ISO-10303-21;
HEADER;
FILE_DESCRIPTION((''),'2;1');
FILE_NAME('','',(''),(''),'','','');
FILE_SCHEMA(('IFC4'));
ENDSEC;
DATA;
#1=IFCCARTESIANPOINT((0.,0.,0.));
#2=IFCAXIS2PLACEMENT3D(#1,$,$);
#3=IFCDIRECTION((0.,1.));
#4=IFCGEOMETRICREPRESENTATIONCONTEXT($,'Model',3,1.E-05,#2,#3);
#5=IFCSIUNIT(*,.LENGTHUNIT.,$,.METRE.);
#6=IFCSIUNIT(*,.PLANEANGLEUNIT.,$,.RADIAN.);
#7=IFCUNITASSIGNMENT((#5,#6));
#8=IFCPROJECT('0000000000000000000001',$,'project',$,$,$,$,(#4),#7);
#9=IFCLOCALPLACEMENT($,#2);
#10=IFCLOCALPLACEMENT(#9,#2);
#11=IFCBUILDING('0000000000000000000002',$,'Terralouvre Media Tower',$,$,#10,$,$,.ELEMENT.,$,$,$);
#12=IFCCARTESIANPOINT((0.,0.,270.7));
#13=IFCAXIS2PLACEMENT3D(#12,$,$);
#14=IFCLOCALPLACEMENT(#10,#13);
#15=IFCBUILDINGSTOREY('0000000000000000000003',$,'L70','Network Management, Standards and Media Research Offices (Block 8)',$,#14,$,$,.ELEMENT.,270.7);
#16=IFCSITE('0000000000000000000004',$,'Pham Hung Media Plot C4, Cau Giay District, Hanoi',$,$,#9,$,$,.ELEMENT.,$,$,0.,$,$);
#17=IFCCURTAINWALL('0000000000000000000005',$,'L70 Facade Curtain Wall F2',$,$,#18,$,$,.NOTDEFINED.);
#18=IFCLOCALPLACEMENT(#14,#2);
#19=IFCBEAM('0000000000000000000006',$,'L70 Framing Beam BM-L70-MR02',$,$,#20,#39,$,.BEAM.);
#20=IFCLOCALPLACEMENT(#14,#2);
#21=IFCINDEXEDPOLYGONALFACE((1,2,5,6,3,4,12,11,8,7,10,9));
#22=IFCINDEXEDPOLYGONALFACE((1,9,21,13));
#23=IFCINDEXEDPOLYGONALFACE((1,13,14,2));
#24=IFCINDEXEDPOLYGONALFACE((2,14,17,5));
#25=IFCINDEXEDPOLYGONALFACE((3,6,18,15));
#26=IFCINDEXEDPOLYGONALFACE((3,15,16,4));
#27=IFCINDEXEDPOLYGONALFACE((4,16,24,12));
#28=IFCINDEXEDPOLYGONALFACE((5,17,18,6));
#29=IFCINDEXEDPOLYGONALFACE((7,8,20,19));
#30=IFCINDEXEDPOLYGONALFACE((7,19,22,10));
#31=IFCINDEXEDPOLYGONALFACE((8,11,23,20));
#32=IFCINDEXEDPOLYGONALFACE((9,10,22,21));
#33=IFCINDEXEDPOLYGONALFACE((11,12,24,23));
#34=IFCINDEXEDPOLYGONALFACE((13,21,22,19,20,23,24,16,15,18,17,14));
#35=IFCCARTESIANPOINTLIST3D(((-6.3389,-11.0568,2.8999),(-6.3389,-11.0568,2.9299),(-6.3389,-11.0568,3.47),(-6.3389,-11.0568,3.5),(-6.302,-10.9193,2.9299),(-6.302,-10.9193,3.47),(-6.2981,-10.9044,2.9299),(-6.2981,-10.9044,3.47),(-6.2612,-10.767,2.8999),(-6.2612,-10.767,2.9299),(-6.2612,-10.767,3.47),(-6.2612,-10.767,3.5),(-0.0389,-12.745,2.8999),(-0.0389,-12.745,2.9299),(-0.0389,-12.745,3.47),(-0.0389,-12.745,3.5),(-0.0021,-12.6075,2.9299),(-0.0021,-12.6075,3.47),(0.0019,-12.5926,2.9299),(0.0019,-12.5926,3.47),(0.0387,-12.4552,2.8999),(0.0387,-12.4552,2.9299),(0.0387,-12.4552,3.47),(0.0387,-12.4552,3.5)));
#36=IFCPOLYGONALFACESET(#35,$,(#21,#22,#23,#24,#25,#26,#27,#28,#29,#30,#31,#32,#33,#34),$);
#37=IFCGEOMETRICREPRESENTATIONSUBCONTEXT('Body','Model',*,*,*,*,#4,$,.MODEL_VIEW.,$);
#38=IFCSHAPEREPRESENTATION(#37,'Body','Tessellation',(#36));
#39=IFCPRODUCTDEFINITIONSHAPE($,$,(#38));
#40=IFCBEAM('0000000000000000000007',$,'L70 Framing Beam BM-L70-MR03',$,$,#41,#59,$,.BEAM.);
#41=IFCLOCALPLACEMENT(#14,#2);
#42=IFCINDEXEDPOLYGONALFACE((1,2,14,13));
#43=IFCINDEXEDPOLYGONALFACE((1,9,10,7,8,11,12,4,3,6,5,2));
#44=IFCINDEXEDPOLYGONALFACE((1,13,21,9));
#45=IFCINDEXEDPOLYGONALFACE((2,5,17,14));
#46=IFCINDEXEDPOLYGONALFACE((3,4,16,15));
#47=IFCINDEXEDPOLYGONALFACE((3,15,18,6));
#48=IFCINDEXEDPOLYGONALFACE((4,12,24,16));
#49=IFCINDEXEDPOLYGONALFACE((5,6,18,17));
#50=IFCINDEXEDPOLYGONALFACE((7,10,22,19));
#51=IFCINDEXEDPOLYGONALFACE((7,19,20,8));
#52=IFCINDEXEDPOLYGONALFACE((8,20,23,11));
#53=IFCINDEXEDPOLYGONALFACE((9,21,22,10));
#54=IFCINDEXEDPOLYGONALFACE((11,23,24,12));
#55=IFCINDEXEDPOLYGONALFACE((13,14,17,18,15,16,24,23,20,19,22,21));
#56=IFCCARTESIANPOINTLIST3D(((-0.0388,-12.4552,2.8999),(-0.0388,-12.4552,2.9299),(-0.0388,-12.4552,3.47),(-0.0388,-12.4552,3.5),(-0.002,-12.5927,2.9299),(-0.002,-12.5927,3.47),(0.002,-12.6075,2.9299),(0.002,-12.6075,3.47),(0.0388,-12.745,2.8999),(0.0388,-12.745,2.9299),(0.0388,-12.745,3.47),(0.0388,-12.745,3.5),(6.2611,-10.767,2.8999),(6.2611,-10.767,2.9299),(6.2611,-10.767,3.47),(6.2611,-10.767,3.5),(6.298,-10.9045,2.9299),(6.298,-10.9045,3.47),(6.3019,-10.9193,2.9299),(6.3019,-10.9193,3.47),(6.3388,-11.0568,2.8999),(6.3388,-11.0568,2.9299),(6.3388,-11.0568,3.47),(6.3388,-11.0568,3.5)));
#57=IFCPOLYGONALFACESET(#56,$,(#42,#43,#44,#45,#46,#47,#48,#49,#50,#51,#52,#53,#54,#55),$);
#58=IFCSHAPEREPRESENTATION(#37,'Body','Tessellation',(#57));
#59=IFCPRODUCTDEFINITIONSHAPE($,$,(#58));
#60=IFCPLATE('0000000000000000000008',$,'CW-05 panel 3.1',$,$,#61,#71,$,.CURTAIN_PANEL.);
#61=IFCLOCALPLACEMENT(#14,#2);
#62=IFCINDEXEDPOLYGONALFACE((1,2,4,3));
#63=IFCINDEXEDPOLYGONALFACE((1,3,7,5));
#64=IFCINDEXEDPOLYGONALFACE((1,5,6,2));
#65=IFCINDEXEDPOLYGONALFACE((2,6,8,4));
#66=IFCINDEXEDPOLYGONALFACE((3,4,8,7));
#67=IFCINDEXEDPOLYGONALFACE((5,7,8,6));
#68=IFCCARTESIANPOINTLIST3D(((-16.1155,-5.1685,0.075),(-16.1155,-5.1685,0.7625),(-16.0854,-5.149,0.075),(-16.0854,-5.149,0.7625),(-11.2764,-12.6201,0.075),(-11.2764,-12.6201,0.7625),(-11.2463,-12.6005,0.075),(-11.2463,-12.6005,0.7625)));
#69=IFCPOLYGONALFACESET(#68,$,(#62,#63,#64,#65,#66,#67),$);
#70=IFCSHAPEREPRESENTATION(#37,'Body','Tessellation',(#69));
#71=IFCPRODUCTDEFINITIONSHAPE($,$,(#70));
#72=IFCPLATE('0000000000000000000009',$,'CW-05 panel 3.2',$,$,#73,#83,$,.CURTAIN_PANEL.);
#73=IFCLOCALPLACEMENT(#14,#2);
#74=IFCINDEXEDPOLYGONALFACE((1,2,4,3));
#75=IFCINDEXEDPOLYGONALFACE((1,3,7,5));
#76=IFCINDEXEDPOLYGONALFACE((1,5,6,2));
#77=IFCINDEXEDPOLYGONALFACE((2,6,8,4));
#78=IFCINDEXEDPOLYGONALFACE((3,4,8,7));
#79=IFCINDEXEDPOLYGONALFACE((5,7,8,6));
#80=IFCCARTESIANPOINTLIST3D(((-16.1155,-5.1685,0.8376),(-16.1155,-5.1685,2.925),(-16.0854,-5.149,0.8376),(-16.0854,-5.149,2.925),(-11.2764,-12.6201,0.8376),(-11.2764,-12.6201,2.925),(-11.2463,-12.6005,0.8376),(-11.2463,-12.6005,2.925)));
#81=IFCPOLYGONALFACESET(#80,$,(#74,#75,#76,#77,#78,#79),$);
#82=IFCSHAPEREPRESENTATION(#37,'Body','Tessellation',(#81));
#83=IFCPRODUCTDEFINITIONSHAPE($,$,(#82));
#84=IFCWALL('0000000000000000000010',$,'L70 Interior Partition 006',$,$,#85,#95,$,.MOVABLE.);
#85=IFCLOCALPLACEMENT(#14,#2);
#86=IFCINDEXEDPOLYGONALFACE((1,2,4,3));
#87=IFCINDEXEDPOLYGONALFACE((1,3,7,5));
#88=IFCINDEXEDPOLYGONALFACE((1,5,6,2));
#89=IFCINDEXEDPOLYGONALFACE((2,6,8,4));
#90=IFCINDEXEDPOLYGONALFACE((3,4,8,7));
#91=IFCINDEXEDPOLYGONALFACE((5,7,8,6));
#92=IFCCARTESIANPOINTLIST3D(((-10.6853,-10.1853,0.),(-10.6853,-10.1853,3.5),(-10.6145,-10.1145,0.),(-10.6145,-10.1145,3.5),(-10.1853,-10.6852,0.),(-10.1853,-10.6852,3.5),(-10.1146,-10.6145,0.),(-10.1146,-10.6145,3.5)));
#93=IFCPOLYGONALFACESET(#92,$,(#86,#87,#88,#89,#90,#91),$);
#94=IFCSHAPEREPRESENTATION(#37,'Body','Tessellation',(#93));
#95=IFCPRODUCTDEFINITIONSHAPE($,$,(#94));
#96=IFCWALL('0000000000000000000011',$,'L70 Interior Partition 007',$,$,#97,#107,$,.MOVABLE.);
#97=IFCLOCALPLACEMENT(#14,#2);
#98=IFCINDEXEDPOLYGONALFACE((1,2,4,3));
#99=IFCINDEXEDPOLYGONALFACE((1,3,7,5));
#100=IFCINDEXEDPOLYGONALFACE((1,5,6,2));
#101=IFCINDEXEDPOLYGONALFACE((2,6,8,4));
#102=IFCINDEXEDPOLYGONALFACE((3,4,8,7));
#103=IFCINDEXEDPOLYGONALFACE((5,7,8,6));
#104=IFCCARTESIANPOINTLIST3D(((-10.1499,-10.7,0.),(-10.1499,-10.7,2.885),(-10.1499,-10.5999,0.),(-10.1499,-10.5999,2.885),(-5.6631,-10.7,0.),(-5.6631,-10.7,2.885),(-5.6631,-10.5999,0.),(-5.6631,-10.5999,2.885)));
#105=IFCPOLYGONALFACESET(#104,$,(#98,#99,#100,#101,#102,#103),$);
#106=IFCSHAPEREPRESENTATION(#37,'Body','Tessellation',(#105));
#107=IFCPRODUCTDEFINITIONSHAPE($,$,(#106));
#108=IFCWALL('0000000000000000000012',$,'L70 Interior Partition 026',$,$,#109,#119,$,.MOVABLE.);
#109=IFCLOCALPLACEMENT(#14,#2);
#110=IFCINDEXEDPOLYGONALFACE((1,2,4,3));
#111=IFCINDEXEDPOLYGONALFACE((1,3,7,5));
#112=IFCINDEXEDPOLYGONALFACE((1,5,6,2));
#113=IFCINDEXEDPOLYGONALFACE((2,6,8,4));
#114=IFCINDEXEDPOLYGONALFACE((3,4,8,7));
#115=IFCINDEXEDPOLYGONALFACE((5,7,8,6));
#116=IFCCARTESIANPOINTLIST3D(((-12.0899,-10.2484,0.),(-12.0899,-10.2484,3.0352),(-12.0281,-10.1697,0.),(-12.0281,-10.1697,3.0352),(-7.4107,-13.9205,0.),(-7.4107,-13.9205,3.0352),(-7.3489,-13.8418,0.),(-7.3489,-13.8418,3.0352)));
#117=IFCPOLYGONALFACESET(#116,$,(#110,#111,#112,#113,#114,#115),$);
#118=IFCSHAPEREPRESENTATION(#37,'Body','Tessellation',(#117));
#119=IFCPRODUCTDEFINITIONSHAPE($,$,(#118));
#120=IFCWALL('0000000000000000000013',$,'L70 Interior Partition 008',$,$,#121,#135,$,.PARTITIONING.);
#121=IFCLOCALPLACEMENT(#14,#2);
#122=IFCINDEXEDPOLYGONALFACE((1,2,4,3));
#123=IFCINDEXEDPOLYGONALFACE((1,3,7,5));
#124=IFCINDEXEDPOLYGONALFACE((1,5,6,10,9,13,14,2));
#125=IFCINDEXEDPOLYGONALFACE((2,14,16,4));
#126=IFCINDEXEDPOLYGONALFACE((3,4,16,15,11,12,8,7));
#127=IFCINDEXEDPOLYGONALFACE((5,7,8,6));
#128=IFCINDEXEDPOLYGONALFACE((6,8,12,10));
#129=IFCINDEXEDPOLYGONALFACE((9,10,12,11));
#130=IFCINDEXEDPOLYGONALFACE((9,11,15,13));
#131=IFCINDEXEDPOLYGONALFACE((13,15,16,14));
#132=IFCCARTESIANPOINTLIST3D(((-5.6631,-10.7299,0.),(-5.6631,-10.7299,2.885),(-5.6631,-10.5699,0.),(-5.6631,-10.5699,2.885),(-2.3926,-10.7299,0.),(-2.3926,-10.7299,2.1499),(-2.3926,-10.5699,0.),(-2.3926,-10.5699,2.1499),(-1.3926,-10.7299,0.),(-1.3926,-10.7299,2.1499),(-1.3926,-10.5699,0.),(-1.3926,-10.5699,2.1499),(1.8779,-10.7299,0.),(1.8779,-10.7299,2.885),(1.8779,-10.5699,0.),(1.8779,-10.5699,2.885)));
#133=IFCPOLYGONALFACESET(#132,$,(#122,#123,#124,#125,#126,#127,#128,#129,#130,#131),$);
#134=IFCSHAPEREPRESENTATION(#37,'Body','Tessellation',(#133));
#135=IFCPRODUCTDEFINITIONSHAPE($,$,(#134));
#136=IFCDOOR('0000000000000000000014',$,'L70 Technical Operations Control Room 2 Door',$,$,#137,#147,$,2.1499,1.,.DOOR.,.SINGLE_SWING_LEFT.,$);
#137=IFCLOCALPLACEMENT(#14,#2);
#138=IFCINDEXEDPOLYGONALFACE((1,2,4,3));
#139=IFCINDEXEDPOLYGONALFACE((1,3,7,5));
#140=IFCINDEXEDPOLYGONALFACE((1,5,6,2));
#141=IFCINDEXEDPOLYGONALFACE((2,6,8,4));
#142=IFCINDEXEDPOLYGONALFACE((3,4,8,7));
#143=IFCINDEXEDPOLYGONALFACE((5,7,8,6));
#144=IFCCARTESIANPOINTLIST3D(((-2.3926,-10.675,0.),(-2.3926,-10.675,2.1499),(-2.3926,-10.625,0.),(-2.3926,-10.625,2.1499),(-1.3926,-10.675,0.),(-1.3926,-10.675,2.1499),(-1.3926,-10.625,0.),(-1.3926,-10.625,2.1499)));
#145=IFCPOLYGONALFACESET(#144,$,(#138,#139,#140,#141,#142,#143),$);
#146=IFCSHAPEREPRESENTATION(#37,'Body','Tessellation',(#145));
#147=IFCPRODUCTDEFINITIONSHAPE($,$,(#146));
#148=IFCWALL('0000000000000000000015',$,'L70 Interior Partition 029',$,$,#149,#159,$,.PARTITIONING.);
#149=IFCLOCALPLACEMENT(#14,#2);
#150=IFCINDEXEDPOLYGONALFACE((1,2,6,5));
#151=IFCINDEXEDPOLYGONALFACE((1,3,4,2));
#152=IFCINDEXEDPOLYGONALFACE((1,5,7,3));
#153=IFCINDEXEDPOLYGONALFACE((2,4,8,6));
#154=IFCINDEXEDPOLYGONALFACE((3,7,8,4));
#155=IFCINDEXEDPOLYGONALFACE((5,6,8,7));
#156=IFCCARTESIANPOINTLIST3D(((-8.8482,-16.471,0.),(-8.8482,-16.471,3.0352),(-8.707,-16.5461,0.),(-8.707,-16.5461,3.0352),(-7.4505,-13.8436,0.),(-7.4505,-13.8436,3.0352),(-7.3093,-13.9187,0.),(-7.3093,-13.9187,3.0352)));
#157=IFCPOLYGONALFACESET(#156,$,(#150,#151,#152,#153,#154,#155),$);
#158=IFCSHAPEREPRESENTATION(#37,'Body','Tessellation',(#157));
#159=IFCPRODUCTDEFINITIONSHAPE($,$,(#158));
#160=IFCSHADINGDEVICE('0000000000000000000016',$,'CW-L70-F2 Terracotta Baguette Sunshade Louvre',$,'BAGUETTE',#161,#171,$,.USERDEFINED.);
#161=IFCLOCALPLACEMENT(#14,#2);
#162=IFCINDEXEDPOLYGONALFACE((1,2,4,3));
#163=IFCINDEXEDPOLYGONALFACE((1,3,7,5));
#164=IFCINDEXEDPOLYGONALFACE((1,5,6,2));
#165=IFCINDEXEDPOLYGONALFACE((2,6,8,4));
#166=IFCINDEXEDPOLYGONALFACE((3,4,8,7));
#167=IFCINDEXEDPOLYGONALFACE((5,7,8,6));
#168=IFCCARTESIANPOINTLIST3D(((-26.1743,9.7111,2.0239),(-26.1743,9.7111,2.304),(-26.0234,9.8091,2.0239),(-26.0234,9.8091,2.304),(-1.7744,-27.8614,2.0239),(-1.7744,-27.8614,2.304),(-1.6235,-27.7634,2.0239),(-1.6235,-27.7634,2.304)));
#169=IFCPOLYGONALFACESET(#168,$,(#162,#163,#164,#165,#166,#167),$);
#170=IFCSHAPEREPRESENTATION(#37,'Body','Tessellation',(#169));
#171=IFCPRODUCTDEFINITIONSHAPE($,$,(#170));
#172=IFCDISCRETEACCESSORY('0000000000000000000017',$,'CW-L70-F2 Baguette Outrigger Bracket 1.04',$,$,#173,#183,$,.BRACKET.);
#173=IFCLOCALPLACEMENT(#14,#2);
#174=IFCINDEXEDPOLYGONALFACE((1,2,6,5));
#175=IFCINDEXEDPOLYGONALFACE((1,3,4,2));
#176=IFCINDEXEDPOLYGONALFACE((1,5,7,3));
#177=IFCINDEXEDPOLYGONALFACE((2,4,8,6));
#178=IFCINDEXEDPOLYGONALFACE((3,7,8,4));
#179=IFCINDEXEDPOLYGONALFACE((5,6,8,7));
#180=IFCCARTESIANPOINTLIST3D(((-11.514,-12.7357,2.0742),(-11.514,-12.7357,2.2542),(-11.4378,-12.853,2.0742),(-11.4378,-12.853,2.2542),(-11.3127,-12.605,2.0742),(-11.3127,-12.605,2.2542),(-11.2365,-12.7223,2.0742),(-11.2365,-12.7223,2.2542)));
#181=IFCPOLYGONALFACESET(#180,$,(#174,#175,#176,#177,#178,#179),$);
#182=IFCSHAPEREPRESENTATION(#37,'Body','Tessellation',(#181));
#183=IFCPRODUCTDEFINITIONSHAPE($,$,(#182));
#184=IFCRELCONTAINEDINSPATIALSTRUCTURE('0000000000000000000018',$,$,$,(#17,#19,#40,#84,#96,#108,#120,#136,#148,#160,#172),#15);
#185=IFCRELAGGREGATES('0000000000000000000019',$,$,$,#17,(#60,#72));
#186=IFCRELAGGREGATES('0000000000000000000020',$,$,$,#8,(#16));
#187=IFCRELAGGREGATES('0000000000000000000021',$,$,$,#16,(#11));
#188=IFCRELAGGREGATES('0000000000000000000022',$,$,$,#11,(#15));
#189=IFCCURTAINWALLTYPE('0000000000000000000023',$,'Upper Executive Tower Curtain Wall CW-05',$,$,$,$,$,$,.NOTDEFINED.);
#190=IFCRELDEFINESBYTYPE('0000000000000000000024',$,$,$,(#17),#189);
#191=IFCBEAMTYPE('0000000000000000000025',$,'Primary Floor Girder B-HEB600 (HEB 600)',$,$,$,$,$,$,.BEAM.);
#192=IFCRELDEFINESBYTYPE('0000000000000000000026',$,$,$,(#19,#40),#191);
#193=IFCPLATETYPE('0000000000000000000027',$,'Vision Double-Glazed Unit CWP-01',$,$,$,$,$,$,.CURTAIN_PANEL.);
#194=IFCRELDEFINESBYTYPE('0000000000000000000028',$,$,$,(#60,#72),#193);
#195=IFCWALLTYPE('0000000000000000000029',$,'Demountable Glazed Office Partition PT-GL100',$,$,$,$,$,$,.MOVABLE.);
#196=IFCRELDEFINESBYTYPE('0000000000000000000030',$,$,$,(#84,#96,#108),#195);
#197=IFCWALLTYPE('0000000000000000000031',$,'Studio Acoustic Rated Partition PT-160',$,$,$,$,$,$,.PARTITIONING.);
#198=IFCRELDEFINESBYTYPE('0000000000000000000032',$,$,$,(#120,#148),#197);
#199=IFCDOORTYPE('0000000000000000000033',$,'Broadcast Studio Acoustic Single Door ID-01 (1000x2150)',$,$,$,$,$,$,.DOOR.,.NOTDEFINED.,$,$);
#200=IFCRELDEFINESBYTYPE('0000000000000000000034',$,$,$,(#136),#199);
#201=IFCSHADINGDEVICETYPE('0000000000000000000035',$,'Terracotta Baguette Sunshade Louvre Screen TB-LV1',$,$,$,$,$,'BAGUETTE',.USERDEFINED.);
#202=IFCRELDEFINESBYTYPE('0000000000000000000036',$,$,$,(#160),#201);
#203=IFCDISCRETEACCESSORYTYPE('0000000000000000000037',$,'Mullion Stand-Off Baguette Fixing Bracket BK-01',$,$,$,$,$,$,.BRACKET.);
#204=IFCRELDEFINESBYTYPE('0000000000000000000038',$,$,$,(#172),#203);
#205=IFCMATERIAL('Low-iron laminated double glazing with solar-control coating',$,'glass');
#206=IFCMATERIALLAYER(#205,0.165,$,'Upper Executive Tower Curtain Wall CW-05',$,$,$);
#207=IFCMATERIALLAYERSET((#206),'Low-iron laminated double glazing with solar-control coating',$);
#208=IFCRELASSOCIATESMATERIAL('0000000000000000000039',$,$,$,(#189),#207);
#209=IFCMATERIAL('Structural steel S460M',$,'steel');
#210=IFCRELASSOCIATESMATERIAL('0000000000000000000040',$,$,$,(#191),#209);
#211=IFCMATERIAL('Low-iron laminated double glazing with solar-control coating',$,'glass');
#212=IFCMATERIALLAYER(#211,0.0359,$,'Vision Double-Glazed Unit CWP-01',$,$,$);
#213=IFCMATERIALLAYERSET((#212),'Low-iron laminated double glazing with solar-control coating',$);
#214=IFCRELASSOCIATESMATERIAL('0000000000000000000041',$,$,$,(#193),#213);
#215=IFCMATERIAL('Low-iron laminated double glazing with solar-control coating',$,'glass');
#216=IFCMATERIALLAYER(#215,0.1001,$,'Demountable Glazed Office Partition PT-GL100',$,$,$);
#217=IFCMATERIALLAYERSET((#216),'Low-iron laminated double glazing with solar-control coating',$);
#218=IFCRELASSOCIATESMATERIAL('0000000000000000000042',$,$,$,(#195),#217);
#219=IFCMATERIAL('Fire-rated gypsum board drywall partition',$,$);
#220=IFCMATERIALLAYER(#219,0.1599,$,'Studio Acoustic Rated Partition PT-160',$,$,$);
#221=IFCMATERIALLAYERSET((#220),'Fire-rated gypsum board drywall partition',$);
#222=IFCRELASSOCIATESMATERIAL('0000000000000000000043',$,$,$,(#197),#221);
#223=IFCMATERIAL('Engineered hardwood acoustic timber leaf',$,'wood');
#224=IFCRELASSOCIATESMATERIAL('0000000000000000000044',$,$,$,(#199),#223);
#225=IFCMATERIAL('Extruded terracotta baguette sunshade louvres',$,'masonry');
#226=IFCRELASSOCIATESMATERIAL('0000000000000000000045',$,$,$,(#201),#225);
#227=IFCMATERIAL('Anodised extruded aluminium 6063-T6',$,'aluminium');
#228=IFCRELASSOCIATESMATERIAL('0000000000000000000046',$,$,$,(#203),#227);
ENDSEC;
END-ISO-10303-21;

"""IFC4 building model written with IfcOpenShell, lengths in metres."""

from ifc_helpers import new_model, si_unit, direction, frame, frame_2d, origin, origin_2d, place, context, subcontext, project, spatial, rectangle, i_section, extrude, material, layer, layer_set, material_profile, profile_set, type_object, element, fill, aggregate, save


model = new_model("IFC4")

# Units and contexts
model_context = context("Model", 3, precision=1e-05, world=origin(), true_north=direction((0.0, 1.0)))
body_context = subcontext(model_context, "Body", "Model", "MODEL_VIEW")
ifc_project = project(units=[si_unit("LENGTHUNIT", "METRE"), si_unit("PLANEANGLEUNIT", "RADIAN")], contexts=[model_context])

# Site, building, storey
site_placement = place(None, origin())
site = spatial("IfcSite", under=ifc_project, at=site_placement, Name="Pham Hung Media Plot C4, Cau Giay District, Hanoi", CompositionType="ELEMENT", RefElevation=0.0)
building_placement = place(site_placement, origin())
building = spatial("IfcBuilding", under=site, at=building_placement, Name="Terralouvre Media Tower", CompositionType="ELEMENT")
storey_placement = place(building_placement, frame((0.0, 0.0, 270.7)))
storey = spatial("IfcBuildingStorey", under=building, at=storey_placement, Name="L70", Description="Network Management, Standards and Media Research Offices (Block 8)", CompositionType="ELEMENT", Elevation=270.7)

# Curtain wall
ifc_material_1 = material(Name="Low-iron laminated double glazing with solar-control coating", Category="glass")
ifc_layer_1 = layer(ifc_material_1, 0.165, Name="Upper Executive Tower Curtain Wall CW-05")
ifc_layer_set_1 = layer_set([ifc_layer_1], Name="Low-iron laminated double glazing with solar-control coating")
curtain_wall_type = type_object("IfcCurtainWallType", Name="Upper Executive Tower Curtain Wall CW-05", PredefinedType="NOTDEFINED", material=ifc_layer_set_1)
curtain_wall_placement = place(storey_placement, origin())
curtain_wall = element("IfcCurtainWall", 1, at=curtain_wall_placement, inside=storey, type_object=curtain_wall_type, Name="L70 Facade Curtain Wall F2", PredefinedType="NOTDEFINED")

# Beams
ifc_material_2 = material(Name="Structural steel S460M", Category="steel")
ifc_material_profile_1 = material_profile(ifc_material_2, i_section(OverallWidth=0.3, OverallDepth=0.6001, WebThickness=0.0154, FlangeThickness=0.03, at=origin_2d()), Name="HEB 600")
ifc_profile_set_1 = profile_set([ifc_material_profile_1], Name="Structural steel S460M")
beam_type_1 = type_object("IfcBeamType", Name="Primary Floor Girder B-HEB600 (HEB 600)", PredefinedType="BEAM", material=ifc_profile_set_1)
for number, where, z_axis, x_axis, name in (
    (2, (-6.3, -10.9119, 3.2), (0.96592, -0.258839, 0.0), (0.258839, 0.96592, 0.0), "L70 Framing Beam BM-L70-MR02"),
    (3, (0.0, -12.6001, 3.2), (0.96592, 0.258839, 0.0), (-0.258839, 0.96592, 0.0), "L70 Framing Beam BM-L70-MR03"),
):
    element("IfcBeam", number, at=place(storey_placement, frame(where, z_axis=z_axis, x_axis=x_axis)), inside=storey, type_object=beam_type_1, Name=name, PredefinedType="BEAM", context=body_context, shape_type="SweptSolid", body=[
        extrude(i_section(OverallWidth=0.3, OverallDepth=0.6001, WebThickness=0.0154, FlangeThickness=0.03, at=origin_2d()), origin(), (0.0, 0.0, 1.0), 6.5222),
    ])

# Plates
ifc_material_3 = material(Name="Low-iron laminated double glazing with solar-control coating", Category="glass")
ifc_layer_2 = layer(ifc_material_3, 0.0359, Name="Vision Double-Glazed Unit CWP-01")
ifc_layer_set_2 = layer_set([ifc_layer_2], Name="Low-iron laminated double glazing with solar-control coating")
plate_type = type_object("IfcPlateType", Name="Vision Double-Glazed Unit CWP-01", PredefinedType="CURTAIN_PANEL", material=ifc_layer_set_2)
plate_1_placement = place(storey_placement, frame((-13.6809, -8.8845, 0.075), z_axis=(0.0, 0.0, 1.0), x_axis=(0.544639, -0.838671, 0.0)))
plate_1 = element("IfcPlate", 4, at=plate_1_placement, type_object=plate_type, Name="CW-05 panel 3.1", PredefinedType="CURTAIN_PANEL", context=body_context, shape_type="SweptSolid", body=[
    extrude(rectangle(XDim=8.885, YDim=0.0359, at=origin_2d()), origin(), (0.0, 0.0, 1.0), 0.6875),
])
plate_2_placement = place(storey_placement, frame((-13.6809, -8.8845, 0.8376), z_axis=(0.0, 0.0, 1.0), x_axis=(0.544639, -0.838671, 0.0)))
plate_2 = element("IfcPlate", 5, at=plate_2_placement, type_object=plate_type, Name="CW-05 panel 3.2", PredefinedType="CURTAIN_PANEL", context=body_context, shape_type="SweptSolid", body=[
    extrude(rectangle(XDim=8.885, YDim=0.0359, at=origin_2d()), origin(), (0.0, 0.0, 1.0), 2.0874),
])
aggregate(curtain_wall, [plate_1, plate_2])

# Walls
ifc_material_4 = material(Name="Low-iron laminated double glazing with solar-control coating", Category="glass")
ifc_layer_3 = layer(ifc_material_4, 0.1001, Name="Demountable Glazed Office Partition PT-GL100")
ifc_layer_set_3 = layer_set([ifc_layer_3], Name="Low-iron laminated double glazing with solar-control coating")
wall_type_1 = type_object("IfcWallType", Name="Demountable Glazed Office Partition PT-GL100", PredefinedType="MOVABLE", material=ifc_layer_set_3)
wall_1_placement = place(storey_placement, frame((-10.6499, -10.1499, 0.0), z_axis=(0.0, 0.0, 1.0), x_axis=(0.707107, -0.707107, 0.0)))
element("IfcWall", 6, at=wall_1_placement, inside=storey, type_object=wall_type_1, Name="L70 Interior Partition 006", PredefinedType="MOVABLE", context=body_context, shape_type="SweptSolid", body=[
    extrude(rectangle(XDim=0.707, YDim=0.1001, at=frame_2d((0.3535, 0.0))), origin(), (0.0, 0.0, 1.0), 3.5),
])
wall_2_placement = place(storey_placement, frame((-10.1499, -10.6499, 0.0), z_axis=(0.0, 0.0, 1.0), x_axis=(1.0, 0.0, 0.0)))
element("IfcWall", 7, at=wall_2_placement, inside=storey, type_object=wall_type_1, Name="L70 Interior Partition 007", PredefinedType="MOVABLE", context=body_context, shape_type="SweptSolid", body=[
    extrude(rectangle(XDim=4.4868, YDim=0.1001, at=frame_2d((2.2434, 0.0))), origin(), (0.0, 0.0, 1.0), 2.885),
])
wall_3_placement = place(storey_placement, frame((-12.0591, -10.209, 0.0), z_axis=(0.0, 0.0, 1.0), x_axis=(0.786677, -0.617365, 0.0)))
element("IfcWall", 8, at=wall_3_placement, inside=storey, type_object=wall_type_1, Name="L70 Interior Partition 026", PredefinedType="MOVABLE", context=body_context, shape_type="SweptSolid", body=[
    extrude(rectangle(XDim=5.948, YDim=0.1001, at=frame_2d((2.9741, 0.0))), origin(), (0.0, 0.0, 1.0), 3.0352),
])

# Wall, opening, door
ifc_material_5 = material(Name="Fire-rated gypsum board drywall partition")
ifc_layer_4 = layer(ifc_material_5, 0.1599, Name="Studio Acoustic Rated Partition PT-160")
ifc_layer_set_4 = layer_set([ifc_layer_4], Name="Fire-rated gypsum board drywall partition")
wall_type_2 = type_object("IfcWallType", Name="Studio Acoustic Rated Partition PT-160", PredefinedType="PARTITIONING", material=ifc_layer_set_4)
wall_4_placement = place(storey_placement, frame((-5.6631, -10.6499, 0.0), z_axis=(0.0, 0.0, 1.0), x_axis=(1.0, 0.0, 0.0)))
wall_4 = element("IfcWall", 9, at=wall_4_placement, inside=storey, type_object=wall_type_2, Name="L70 Interior Partition 008", PredefinedType="PARTITIONING", context=body_context, shape_type="SweptSolid", body=[
    extrude(rectangle(XDim=7.541, YDim=0.1599, at=frame_2d((3.7705, 0.0))), origin(), (0.0, 0.0, 1.0), 2.885),
])
opening_placement = place(wall_4_placement, frame((3.2705, 0.0, 0.0)))
opening = element("IfcOpeningElement", 10, at=opening_placement, cuts=wall_4, PredefinedType="OPENING", context=body_context, shape_type="SweptSolid", body=[
    extrude(rectangle(XDim=1.0, YDim=2.1499, at=frame_2d((0.5, 1.075))), frame((0.0, 0.0898, 0.0), z_axis=(0.0, -1.0, 0.0), x_axis=(1.0, 0.0, 0.0)), (0.0, 0.0, 1.0), 0.1799),
])
ifc_material_6 = material(Name="Engineered hardwood acoustic timber leaf", Category="wood")
door_type = type_object("IfcDoorType", Name="Broadcast Studio Acoustic Single Door ID-01 (1000x2150)", OperationType="NOTDEFINED", PredefinedType="DOOR", material=ifc_material_6)
door_placement = place(opening_placement, origin())
door = element("IfcDoor", 11, at=door_placement, inside=storey, type_object=door_type, Name="L70 Technical Operations Control Room 2 Door", OperationType="SINGLE_SWING_LEFT", OverallHeight=2.1499, OverallWidth=1.0, PredefinedType="DOOR", context=body_context, shape_type="SweptSolid", body=[
    extrude(rectangle(XDim=1.0, YDim=2.1499, at=frame_2d((0.5, 1.075))), frame((0.0, 0.0249, 0.0), z_axis=(0.0, -1.0, 0.0), x_axis=(1.0, 0.0, 0.0)), (0.0, 0.0, 1.0), 0.05),
])
fill(opening, door)

# Wall
wall_5_placement = place(storey_placement, frame((-7.3799, -13.8811, 0.0), z_axis=(0.0, 0.0, 1.0), x_axis=(-0.469647, -0.882854, 0.0)))
element("IfcWall", 12, at=wall_5_placement, inside=storey, type_object=wall_type_2, Name="L70 Interior Partition 029", PredefinedType="PARTITIONING", context=body_context, shape_type="SweptSolid", body=[
    extrude(rectangle(XDim=2.9761, YDim=0.1599, at=frame_2d((1.488, 0.0))), origin(), (0.0, 0.0, 1.0), 3.0352),
])

# Shading device
ifc_material_7 = material(Name="Extruded terracotta baguette sunshade louvres", Category="masonry")
shading_device_type = type_object("IfcShadingDeviceType", Name="Terracotta Baguette Sunshade Louvre Screen TB-LV1", ElementType="BAGUETTE", PredefinedType="USERDEFINED", material=ifc_material_7)
shading_device_placement = place(storey_placement, frame((-13.8989, -9.0261, 2.0239), z_axis=(0.0, 0.0, 1.0), x_axis=(0.544639, -0.838671, 0.0)))
element("IfcShadingDevice", 13, at=shading_device_placement, inside=storey, type_object=shading_device_type, Name="CW-L70-F2 Terracotta Baguette Sunshade Louvre", ObjectType="BAGUETTE", PredefinedType="USERDEFINED", context=body_context, shape_type="SweptSolid", body=[
    extrude(rectangle(XDim=44.8, YDim=0.1799, at=origin_2d()), origin(), (0.0, 0.0, 1.0), 0.28),
])

# Discrete accessory
ifc_material_8 = material(Name="Anodised extruded aluminium 6063-T6", Category="aluminium")
discrete_accessory_type = type_object("IfcDiscreteAccessoryType", Name="Mullion Stand-Off Baguette Fixing Bracket BK-01", PredefinedType="BRACKET", material=ifc_material_8)
discrete_accessory_placement = place(storey_placement, frame((-11.3752, -12.729, 2.0742), z_axis=(0.0, 0.0, 1.0), x_axis=(0.544639, -0.838671, 0.0)))
element("IfcDiscreteAccessory", 14, at=discrete_accessory_placement, inside=storey, type_object=discrete_accessory_type, Name="CW-L70-F2 Baguette Outrigger Bracket 1.04", PredefinedType="BRACKET", context=body_context, shape_type="SweptSolid", body=[
    extrude(rectangle(XDim=0.1399, YDim=0.24, at=origin_2d()), origin(), (0.0, 0.0, 1.0), 0.1799),
])

save(model, "model.ifc")
